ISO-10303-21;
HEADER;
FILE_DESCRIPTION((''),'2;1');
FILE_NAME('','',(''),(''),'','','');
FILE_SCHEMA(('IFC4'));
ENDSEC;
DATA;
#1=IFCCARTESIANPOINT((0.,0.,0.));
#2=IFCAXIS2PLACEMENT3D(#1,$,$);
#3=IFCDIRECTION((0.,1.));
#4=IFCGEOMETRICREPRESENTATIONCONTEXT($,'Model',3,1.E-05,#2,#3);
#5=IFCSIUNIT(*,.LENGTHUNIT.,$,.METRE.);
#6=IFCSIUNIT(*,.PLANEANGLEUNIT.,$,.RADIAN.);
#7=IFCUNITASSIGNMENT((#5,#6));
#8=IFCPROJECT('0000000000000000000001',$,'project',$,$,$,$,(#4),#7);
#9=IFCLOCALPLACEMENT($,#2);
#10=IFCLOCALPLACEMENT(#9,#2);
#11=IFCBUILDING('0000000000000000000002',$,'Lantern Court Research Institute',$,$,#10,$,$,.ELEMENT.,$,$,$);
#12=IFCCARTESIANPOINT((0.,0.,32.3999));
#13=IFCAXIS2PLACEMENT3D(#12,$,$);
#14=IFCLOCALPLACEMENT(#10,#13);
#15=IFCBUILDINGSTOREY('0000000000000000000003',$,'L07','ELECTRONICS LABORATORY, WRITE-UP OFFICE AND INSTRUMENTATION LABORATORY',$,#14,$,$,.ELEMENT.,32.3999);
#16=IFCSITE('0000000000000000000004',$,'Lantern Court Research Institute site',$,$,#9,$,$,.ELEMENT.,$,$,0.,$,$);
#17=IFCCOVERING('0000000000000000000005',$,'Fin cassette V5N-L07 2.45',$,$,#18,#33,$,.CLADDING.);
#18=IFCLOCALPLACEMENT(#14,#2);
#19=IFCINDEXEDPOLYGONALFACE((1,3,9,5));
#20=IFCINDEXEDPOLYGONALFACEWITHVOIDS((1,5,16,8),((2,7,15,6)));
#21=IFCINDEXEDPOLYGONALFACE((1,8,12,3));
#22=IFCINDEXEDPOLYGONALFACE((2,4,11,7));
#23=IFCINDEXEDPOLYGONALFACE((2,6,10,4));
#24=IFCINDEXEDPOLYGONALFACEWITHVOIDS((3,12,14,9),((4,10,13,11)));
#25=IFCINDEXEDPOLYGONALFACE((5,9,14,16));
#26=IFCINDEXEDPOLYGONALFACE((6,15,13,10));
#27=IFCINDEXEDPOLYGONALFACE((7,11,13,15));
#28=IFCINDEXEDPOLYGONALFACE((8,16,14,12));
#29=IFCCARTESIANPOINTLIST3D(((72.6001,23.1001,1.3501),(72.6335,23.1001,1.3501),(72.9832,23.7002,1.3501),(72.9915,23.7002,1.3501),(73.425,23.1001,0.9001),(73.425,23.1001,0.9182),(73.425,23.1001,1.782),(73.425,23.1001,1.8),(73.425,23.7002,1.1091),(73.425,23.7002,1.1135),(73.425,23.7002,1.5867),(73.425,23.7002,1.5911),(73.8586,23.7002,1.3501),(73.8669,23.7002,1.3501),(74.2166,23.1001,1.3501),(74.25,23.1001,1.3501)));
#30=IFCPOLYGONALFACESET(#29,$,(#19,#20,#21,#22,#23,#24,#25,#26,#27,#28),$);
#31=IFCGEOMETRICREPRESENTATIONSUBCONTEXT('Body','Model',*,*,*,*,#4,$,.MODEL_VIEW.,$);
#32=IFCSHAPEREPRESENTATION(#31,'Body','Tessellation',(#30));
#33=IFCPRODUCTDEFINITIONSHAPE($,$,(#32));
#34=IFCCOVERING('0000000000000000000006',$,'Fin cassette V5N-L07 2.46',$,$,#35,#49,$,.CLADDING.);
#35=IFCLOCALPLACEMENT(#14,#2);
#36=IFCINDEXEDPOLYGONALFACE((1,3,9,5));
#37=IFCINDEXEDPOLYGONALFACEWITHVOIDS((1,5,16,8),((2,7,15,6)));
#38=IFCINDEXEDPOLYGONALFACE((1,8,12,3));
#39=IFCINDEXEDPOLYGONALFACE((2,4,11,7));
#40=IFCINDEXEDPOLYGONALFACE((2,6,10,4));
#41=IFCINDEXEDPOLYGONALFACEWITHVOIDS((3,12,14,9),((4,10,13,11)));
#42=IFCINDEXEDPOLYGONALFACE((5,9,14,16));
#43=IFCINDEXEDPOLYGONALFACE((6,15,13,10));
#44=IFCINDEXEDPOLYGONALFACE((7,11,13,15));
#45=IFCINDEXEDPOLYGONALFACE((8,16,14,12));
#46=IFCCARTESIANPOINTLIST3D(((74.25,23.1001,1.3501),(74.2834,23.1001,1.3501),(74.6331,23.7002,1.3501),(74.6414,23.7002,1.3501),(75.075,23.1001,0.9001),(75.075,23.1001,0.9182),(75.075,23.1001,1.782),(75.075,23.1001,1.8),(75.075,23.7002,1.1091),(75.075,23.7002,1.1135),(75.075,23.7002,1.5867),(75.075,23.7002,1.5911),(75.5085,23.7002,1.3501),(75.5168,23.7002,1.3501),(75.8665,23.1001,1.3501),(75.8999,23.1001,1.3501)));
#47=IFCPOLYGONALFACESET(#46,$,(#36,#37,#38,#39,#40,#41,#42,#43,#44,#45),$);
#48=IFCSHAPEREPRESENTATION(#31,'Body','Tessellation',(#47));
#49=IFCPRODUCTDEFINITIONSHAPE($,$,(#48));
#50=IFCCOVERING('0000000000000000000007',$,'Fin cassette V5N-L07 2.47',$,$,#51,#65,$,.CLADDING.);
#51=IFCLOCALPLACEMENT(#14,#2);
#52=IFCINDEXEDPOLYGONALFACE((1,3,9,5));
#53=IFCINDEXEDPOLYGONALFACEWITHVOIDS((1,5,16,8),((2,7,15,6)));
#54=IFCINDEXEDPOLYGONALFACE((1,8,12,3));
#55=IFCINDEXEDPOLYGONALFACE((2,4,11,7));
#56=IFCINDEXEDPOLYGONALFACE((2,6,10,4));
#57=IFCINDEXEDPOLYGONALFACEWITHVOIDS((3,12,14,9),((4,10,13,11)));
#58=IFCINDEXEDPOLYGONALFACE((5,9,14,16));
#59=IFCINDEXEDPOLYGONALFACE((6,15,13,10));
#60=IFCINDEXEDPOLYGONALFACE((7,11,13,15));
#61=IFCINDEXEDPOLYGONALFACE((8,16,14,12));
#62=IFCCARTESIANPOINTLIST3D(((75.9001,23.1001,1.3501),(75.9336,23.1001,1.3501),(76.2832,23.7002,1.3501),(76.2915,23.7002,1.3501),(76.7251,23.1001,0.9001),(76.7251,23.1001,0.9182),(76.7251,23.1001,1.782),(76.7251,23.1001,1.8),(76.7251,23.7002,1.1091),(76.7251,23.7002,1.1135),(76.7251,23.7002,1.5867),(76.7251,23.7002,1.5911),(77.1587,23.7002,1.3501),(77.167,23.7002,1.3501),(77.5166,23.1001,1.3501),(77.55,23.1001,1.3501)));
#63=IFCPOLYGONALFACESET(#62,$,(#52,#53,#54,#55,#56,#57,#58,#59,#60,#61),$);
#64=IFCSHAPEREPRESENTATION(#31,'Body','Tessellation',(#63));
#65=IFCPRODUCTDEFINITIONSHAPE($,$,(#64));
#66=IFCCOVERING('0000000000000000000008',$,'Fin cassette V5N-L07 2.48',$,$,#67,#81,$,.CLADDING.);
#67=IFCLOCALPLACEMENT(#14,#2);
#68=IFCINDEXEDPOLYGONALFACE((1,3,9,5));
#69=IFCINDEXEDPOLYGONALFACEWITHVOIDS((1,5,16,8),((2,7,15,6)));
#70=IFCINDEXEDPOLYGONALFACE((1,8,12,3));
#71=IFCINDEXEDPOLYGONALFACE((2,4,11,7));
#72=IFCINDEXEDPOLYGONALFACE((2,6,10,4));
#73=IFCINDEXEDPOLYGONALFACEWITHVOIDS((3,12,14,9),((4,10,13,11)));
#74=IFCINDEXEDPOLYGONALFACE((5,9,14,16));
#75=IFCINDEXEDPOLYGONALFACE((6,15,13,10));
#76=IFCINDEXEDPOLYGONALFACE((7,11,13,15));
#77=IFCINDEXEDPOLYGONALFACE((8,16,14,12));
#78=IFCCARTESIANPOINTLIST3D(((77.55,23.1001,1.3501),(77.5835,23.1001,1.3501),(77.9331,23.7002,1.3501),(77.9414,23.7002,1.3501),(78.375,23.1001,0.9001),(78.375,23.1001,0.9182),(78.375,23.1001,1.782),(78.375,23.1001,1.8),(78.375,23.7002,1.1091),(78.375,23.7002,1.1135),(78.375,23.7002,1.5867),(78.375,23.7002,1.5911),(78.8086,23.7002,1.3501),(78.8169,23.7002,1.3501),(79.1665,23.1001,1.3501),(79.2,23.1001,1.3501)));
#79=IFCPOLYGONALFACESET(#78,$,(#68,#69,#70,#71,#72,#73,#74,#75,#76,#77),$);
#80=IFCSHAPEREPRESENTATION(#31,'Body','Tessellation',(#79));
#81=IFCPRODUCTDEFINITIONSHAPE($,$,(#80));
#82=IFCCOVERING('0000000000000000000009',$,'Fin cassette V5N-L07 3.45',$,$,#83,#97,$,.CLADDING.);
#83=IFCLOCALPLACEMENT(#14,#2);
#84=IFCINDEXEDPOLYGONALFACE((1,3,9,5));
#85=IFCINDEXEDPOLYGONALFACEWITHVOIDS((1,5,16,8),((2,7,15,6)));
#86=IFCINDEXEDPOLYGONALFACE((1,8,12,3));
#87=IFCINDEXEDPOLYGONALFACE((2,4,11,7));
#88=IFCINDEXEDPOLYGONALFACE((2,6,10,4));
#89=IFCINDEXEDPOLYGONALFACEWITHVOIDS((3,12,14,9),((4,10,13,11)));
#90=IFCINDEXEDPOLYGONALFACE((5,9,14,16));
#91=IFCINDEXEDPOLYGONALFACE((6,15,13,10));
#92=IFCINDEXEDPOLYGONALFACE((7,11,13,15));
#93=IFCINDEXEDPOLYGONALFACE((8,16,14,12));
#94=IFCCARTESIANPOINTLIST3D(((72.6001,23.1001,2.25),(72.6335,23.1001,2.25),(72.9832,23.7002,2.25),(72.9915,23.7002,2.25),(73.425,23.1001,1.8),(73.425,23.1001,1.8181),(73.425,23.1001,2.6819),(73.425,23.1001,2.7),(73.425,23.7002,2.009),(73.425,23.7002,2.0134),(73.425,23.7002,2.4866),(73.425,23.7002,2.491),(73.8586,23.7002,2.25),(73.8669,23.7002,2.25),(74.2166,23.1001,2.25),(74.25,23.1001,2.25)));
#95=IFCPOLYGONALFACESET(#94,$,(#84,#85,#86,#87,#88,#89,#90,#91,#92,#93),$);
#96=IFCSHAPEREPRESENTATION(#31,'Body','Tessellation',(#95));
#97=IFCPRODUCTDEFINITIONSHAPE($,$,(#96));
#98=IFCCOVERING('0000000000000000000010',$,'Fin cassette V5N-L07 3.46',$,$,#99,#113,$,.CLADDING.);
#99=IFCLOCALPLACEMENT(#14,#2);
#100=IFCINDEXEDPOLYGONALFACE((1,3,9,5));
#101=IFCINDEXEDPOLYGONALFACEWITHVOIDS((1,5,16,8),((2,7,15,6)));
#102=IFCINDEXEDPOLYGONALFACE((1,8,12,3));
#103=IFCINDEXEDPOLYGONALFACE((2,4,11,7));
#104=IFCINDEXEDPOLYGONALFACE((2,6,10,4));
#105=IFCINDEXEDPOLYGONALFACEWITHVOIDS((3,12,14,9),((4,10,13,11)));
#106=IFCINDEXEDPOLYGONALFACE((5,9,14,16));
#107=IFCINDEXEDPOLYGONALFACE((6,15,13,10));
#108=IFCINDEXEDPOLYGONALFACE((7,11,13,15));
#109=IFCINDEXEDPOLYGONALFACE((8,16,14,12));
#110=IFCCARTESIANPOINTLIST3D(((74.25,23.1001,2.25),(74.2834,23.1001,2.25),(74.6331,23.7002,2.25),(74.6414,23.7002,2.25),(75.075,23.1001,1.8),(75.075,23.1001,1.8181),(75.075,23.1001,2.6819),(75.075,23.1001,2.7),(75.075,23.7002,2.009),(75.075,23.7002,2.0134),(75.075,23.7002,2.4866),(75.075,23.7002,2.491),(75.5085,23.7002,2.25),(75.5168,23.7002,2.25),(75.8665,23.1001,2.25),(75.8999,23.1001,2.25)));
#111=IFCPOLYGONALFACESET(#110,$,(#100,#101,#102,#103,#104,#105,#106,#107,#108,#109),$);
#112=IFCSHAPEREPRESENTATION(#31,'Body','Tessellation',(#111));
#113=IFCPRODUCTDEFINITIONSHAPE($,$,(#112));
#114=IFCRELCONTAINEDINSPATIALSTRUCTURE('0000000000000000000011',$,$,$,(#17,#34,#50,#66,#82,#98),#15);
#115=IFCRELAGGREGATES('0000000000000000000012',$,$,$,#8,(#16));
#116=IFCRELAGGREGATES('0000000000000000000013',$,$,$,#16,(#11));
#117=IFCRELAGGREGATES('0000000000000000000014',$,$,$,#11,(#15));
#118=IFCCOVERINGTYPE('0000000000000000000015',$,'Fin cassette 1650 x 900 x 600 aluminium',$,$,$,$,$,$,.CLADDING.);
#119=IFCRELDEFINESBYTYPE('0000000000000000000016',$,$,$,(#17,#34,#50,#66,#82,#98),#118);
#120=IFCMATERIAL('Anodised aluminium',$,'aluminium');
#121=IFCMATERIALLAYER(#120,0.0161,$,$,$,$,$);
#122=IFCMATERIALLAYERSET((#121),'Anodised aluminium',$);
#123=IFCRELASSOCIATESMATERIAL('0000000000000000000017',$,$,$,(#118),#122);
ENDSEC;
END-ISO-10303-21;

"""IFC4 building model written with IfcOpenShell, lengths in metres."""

from ifc_helpers import new_model, entity, si_unit, direction, frame, origin, place, context, subcontext, project, spatial, material, layer, layer_set, type_object, element, save


model = new_model("IFC4")

# Units and contexts
model_context = context("Model", 3, precision=1e-05, world=origin(), true_north=direction((0.0, 1.0)))
body_context = subcontext(model_context, "Body", "Model", "MODEL_VIEW")
ifc_project = project(units=[si_unit("LENGTHUNIT", "METRE"), si_unit("PLANEANGLEUNIT", "RADIAN")], contexts=[model_context])

# Site, building, storey
site_placement = place(None, origin())
site = spatial("IfcSite", under=ifc_project, at=site_placement, Name="Lantern Court Research Institute site", CompositionType="ELEMENT", RefElevation=0.0)
building_placement = place(site_placement, origin())
building = spatial("IfcBuilding", under=site, at=building_placement, Name="Lantern Court Research Institute", CompositionType="ELEMENT")
storey_placement = place(building_placement, frame((0.0, 0.0, 32.3999)))
storey = spatial("IfcBuildingStorey", under=building, at=storey_placement, Name="L07", Description="ELECTRONICS LABORATORY, WRITE-UP OFFICE AND INSTRUMENTATION LABORATORY", CompositionType="ELEMENT", Elevation=32.3999)

# Coverings
ifc_material = material(Name="Anodised aluminium", Category="aluminium")
ifc_layer = layer(ifc_material, 0.0161)
ifc_layer_set = layer_set([ifc_layer], Name="Anodised aluminium")
covering_type = type_object("IfcCoveringType", Name="Fin cassette 1650 x 900 x 600 aluminium", PredefinedType="CLADDING", material=ifc_layer_set)
covering_1_placement = place(storey_placement, frame((73.425, 23.1001, 1.3501), z_axis=(0.0, 1.0, 0.0), x_axis=(-1.0, 0.0, 0.0)))
cartesian_point_1 = entity("IfcCartesianPoint", [0.825, 0.0])
cartesian_point_2 = entity("IfcCartesianPoint", [0.7915, 0.0])
cartesian_point_3 = entity("IfcCartesianPoint", [0.4419, 0.0])
cartesian_point_4 = entity("IfcCartesianPoint", [0.4336, 0.0])
element("IfcCovering", 1, at=covering_1_placement, inside=storey, type_object=covering_type, Name="Fin cassette V5N-L07 2.45", PredefinedType="CLADDING", context=body_context, shape_type="SweptSolid", body=[
    entity("IfcExtrudedAreaSolidTapered", entity("IfcArbitraryProfileDefWithVoids", "AREA", None, entity("IfcPolyline", [cartesian_point_1, entity("IfcCartesianPoint", [0.0, 0.45]), entity("IfcCartesianPoint", [-0.825, 0.0]), entity("IfcCartesianPoint", [0.0, -0.45]), cartesian_point_1]), [entity("IfcPolyline", [cartesian_point_2, entity("IfcCartesianPoint", [0.0, 0.4319]), entity("IfcCartesianPoint", [-0.7915, 0.0]), entity("IfcCartesianPoint", [0.0, -0.4319]), cartesian_point_2])]), entity("IfcAxis2Placement3D", entity("IfcCartesianPoint", [0.0, 0.0, 0.0])), entity("IfcDirection", [0.0, 0.0, 1.0]), 0.6001, entity("IfcArbitraryProfileDefWithVoids", "AREA", None, entity("IfcPolyline", [cartesian_point_3, entity("IfcCartesianPoint", [0.0, 0.241]), entity("IfcCartesianPoint", [-0.4419, 0.0]), entity("IfcCartesianPoint", [0.0, -0.241]), cartesian_point_3]), [entity("IfcPolyline", [cartesian_point_4, entity("IfcCartesianPoint", [0.0, 0.2366]), entity("IfcCartesianPoint", [-0.4336, 0.0]), entity("IfcCartesianPoint", [0.0, -0.2366]), cartesian_point_4])])),
])
covering_2_placement = place(storey_placement, frame((75.075, 23.1001, 1.3501), z_axis=(0.0, 1.0, 0.0), x_axis=(-1.0, 0.0, 0.0)))
cartesian_point_5 = entity("IfcCartesianPoint", [0.825, 0.0])
cartesian_point_6 = entity("IfcCartesianPoint", [0.7915, 0.0])
cartesian_point_7 = entity("IfcCartesianPoint", [0.4419, 0.0])
cartesian_point_8 = entity("IfcCartesianPoint", [0.4336, 0.0])
element("IfcCovering", 2, at=covering_2_placement, inside=storey, type_object=covering_type, Name="Fin cassette V5N-L07 2.46", PredefinedType="CLADDING", context=body_context, shape_type="SweptSolid", body=[
    entity("IfcExtrudedAreaSolidTapered", entity("IfcArbitraryProfileDefWithVoids", "AREA", None, entity("IfcPolyline", [cartesian_point_5, entity("IfcCartesianPoint", [0.0, 0.45]), entity("IfcCartesianPoint", [-0.825, 0.0]), entity("IfcCartesianPoint", [0.0, -0.45]), cartesian_point_5]), [entity("IfcPolyline", [cartesian_point_6, entity("IfcCartesianPoint", [0.0, 0.4319]), entity("IfcCartesianPoint", [-0.7915, 0.0]), entity("IfcCartesianPoint", [0.0, -0.4319]), cartesian_point_6])]), entity("IfcAxis2Placement3D", entity("IfcCartesianPoint", [0.0, 0.0, 0.0])), entity("IfcDirection", [0.0, 0.0, 1.0]), 0.6001, entity("IfcArbitraryProfileDefWithVoids", "AREA", None, entity("IfcPolyline", [cartesian_point_7, entity("IfcCartesianPoint", [0.0, 0.241]), entity("IfcCartesianPoint", [-0.4419, 0.0]), entity("IfcCartesianPoint", [0.0, -0.241]), cartesian_point_7]), [entity("IfcPolyline", [cartesian_point_8, entity("IfcCartesianPoint", [0.0, 0.2366]), entity("IfcCartesianPoint", [-0.4336, 0.0]), entity("IfcCartesianPoint", [0.0, -0.2366]), cartesian_point_8])])),
])
covering_3_placement = place(storey_placement, frame((76.7251, 23.1001, 1.3501), z_axis=(0.0, 1.0, 0.0), x_axis=(-1.0, 0.0, 0.0)))
cartesian_point_9 = entity("IfcCartesianPoint", [0.825, 0.0])
cartesian_point_10 = entity("IfcCartesianPoint", [0.7915, 0.0])
cartesian_point_11 = entity("IfcCartesianPoint", [0.4419, 0.0])
cartesian_point_12 = entity("IfcCartesianPoint", [0.4336, 0.0])
element("IfcCovering", 3, at=covering_3_placement, inside=storey, type_object=covering_type, Name="Fin cassette V5N-L07 2.47", PredefinedType="CLADDING", context=body_context, shape_type="SweptSolid", body=[
    entity("IfcExtrudedAreaSolidTapered", entity("IfcArbitraryProfileDefWithVoids", "AREA", None, entity("IfcPolyline", [cartesian_point_9, entity("IfcCartesianPoint", [0.0, 0.45]), entity("IfcCartesianPoint", [-0.825, 0.0]), entity("IfcCartesianPoint", [0.0, -0.45]), cartesian_point_9]), [entity("IfcPolyline", [cartesian_point_10, entity("IfcCartesianPoint", [0.0, 0.4319]), entity("IfcCartesianPoint", [-0.7915, 0.0]), entity("IfcCartesianPoint", [0.0, -0.4319]), cartesian_point_10])]), entity("IfcAxis2Placement3D", entity("IfcCartesianPoint", [0.0, 0.0, 0.0])), entity("IfcDirection", [0.0, 0.0, 1.0]), 0.6001, entity("IfcArbitraryProfileDefWithVoids", "AREA", None, entity("IfcPolyline", [cartesian_point_11, entity("IfcCartesianPoint", [0.0, 0.241]), entity("IfcCartesianPoint", [-0.4419, 0.0]), entity("IfcCartesianPoint", [0.0, -0.241]), cartesian_point_11]), [entity("IfcPolyline", [cartesian_point_12, entity("IfcCartesianPoint", [0.0, 0.2366]), entity("IfcCartesianPoint", [-0.4336, 0.0]), entity("IfcCartesianPoint", [0.0, -0.2366]), cartesian_point_12])])),
])
covering_4_placement = place(storey_placement, frame((78.375, 23.1001, 1.3501), z_axis=(0.0, 1.0, 0.0), x_axis=(-1.0, 0.0, 0.0)))
cartesian_point_13 = entity("IfcCartesianPoint", [0.825, 0.0])
cartesian_point_14 = entity("IfcCartesianPoint", [0.7915, 0.0])
cartesian_point_15 = entity("IfcCartesianPoint", [0.4419, 0.0])
cartesian_point_16 = entity("IfcCartesianPoint", [0.4336, 0.0])
element("IfcCovering", 4, at=covering_4_placement, inside=storey, type_object=covering_type, Name="Fin cassette V5N-L07 2.48", PredefinedType="CLADDING", context=body_context, shape_type="SweptSolid", body=[
    entity("IfcExtrudedAreaSolidTapered", entity("IfcArbitraryProfileDefWithVoids", "AREA", None, entity("IfcPolyline", [cartesian_point_13, entity("IfcCartesianPoint", [0.0, 0.45]), entity("IfcCartesianPoint", [-0.825, 0.0]), entity("IfcCartesianPoint", [0.0, -0.45]), cartesian_point_13]), [entity("IfcPolyline", [cartesian_point_14, entity("IfcCartesianPoint", [0.0, 0.4319]), entity("IfcCartesianPoint", [-0.7915, 0.0]), entity("IfcCartesianPoint", [0.0, -0.4319]), cartesian_point_14])]), entity("IfcAxis2Placement3D", entity("IfcCartesianPoint", [0.0, 0.0, 0.0])), entity("IfcDirection", [0.0, 0.0, 1.0]), 0.6001, entity("IfcArbitraryProfileDefWithVoids", "AREA", None, entity("IfcPolyline", [cartesian_point_15, entity("IfcCartesianPoint", [0.0, 0.241]), entity("IfcCartesianPoint", [-0.4419, 0.0]), entity("IfcCartesianPoint", [0.0, -0.241]), cartesian_point_15]), [entity("IfcPolyline", [cartesian_point_16, entity("IfcCartesianPoint", [0.0, 0.2366]), entity("IfcCartesianPoint", [-0.4336, 0.0]), entity("IfcCartesianPoint", [0.0, -0.2366]), cartesian_point_16])])),
])
covering_5_placement = place(storey_placement, frame((73.425, 23.1001, 2.25), z_axis=(0.0, 1.0, 0.0), x_axis=(-1.0, 0.0, 0.0)))
cartesian_point_17 = entity("IfcCartesianPoint", [0.825, 0.0])
cartesian_point_18 = entity("IfcCartesianPoint", [0.7915, 0.0])
cartesian_point_19 = entity("IfcCartesianPoint", [0.4419, 0.0])
cartesian_point_20 = entity("IfcCartesianPoint", [0.4336, 0.0])
element("IfcCovering", 5, at=covering_5_placement, inside=storey, type_object=covering_type, Name="Fin cassette V5N-L07 3.45", PredefinedType="CLADDING", context=body_context, shape_type="SweptSolid", body=[
    entity("IfcExtrudedAreaSolidTapered", entity("IfcArbitraryProfileDefWithVoids", "AREA", None, entity("IfcPolyline", [cartesian_point_17, entity("IfcCartesianPoint", [0.0, 0.45]), entity("IfcCartesianPoint", [-0.825, 0.0]), entity("IfcCartesianPoint", [0.0, -0.45]), cartesian_point_17]), [entity("IfcPolyline", [cartesian_point_18, entity("IfcCartesianPoint", [0.0, 0.4319]), entity("IfcCartesianPoint", [-0.7915, 0.0]), entity("IfcCartesianPoint", [0.0, -0.4319]), cartesian_point_18])]), entity("IfcAxis2Placement3D", entity("IfcCartesianPoint", [0.0, 0.0, 0.0])), entity("IfcDirection", [0.0, 0.0, 1.0]), 0.6001, entity("IfcArbitraryProfileDefWithVoids", "AREA", None, entity("IfcPolyline", [cartesian_point_19, entity("IfcCartesianPoint", [0.0, 0.241]), entity("IfcCartesianPoint", [-0.4419, 0.0]), entity("IfcCartesianPoint", [0.0, -0.241]), cartesian_point_19]), [entity("IfcPolyline", [cartesian_point_20, entity("IfcCartesianPoint", [0.0, 0.2366]), entity("IfcCartesianPoint", [-0.4336, 0.0]), entity("IfcCartesianPoint", [0.0, -0.2366]), cartesian_point_20])])),
])
covering_6_placement = place(storey_placement, frame((75.075, 23.1001, 2.25), z_axis=(0.0, 1.0, 0.0), x_axis=(-1.0, 0.0, 0.0)))
cartesian_point_21 = entity("IfcCartesianPoint", [0.825, 0.0])
cartesian_point_22 = entity("IfcCartesianPoint", [0.7915, 0.0])
cartesian_point_23 = entity("IfcCartesianPoint", [0.4419, 0.0])
cartesian_point_24 = entity("IfcCartesianPoint", [0.4336, 0.0])
element("IfcCovering", 6, at=covering_6_placement, inside=storey, type_object=covering_type, Name="Fin cassette V5N-L07 3.46", PredefinedType="CLADDING", context=body_context, shape_type="SweptSolid", body=[
    entity("IfcExtrudedAreaSolidTapered", entity("IfcArbitraryProfileDefWithVoids", "AREA", None, entity("IfcPolyline", [cartesian_point_21, entity("IfcCartesianPoint", [0.0, 0.45]), entity("IfcCartesianPoint", [-0.825, 0.0]), entity("IfcCartesianPoint", [0.0, -0.45]), cartesian_point_21]), [entity("IfcPolyline", [cartesian_point_22, entity("IfcCartesianPoint", [0.0, 0.4319]), entity("IfcCartesianPoint", [-0.7915, 0.0]), entity("IfcCartesianPoint", [0.0, -0.4319]), cartesian_point_22])]), entity("IfcAxis2Placement3D", entity("IfcCartesianPoint", [0.0, 0.0, 0.0])), entity("IfcDirection", [0.0, 0.0, 1.0]), 0.6001, entity("IfcArbitraryProfileDefWithVoids", "AREA", None, entity("IfcPolyline", [cartesian_point_23, entity("IfcCartesianPoint", [0.0, 0.241]), entity("IfcCartesianPoint", [-0.4419, 0.0]), entity("IfcCartesianPoint", [0.0, -0.241]), cartesian_point_23]), [entity("IfcPolyline", [cartesian_point_24, entity("IfcCartesianPoint", [0.0, 0.2366]), entity("IfcCartesianPoint", [-0.4336, 0.0]), entity("IfcCartesianPoint", [0.0, -0.2366]), cartesian_point_24])])),
])

save(model, "model.ifc")
